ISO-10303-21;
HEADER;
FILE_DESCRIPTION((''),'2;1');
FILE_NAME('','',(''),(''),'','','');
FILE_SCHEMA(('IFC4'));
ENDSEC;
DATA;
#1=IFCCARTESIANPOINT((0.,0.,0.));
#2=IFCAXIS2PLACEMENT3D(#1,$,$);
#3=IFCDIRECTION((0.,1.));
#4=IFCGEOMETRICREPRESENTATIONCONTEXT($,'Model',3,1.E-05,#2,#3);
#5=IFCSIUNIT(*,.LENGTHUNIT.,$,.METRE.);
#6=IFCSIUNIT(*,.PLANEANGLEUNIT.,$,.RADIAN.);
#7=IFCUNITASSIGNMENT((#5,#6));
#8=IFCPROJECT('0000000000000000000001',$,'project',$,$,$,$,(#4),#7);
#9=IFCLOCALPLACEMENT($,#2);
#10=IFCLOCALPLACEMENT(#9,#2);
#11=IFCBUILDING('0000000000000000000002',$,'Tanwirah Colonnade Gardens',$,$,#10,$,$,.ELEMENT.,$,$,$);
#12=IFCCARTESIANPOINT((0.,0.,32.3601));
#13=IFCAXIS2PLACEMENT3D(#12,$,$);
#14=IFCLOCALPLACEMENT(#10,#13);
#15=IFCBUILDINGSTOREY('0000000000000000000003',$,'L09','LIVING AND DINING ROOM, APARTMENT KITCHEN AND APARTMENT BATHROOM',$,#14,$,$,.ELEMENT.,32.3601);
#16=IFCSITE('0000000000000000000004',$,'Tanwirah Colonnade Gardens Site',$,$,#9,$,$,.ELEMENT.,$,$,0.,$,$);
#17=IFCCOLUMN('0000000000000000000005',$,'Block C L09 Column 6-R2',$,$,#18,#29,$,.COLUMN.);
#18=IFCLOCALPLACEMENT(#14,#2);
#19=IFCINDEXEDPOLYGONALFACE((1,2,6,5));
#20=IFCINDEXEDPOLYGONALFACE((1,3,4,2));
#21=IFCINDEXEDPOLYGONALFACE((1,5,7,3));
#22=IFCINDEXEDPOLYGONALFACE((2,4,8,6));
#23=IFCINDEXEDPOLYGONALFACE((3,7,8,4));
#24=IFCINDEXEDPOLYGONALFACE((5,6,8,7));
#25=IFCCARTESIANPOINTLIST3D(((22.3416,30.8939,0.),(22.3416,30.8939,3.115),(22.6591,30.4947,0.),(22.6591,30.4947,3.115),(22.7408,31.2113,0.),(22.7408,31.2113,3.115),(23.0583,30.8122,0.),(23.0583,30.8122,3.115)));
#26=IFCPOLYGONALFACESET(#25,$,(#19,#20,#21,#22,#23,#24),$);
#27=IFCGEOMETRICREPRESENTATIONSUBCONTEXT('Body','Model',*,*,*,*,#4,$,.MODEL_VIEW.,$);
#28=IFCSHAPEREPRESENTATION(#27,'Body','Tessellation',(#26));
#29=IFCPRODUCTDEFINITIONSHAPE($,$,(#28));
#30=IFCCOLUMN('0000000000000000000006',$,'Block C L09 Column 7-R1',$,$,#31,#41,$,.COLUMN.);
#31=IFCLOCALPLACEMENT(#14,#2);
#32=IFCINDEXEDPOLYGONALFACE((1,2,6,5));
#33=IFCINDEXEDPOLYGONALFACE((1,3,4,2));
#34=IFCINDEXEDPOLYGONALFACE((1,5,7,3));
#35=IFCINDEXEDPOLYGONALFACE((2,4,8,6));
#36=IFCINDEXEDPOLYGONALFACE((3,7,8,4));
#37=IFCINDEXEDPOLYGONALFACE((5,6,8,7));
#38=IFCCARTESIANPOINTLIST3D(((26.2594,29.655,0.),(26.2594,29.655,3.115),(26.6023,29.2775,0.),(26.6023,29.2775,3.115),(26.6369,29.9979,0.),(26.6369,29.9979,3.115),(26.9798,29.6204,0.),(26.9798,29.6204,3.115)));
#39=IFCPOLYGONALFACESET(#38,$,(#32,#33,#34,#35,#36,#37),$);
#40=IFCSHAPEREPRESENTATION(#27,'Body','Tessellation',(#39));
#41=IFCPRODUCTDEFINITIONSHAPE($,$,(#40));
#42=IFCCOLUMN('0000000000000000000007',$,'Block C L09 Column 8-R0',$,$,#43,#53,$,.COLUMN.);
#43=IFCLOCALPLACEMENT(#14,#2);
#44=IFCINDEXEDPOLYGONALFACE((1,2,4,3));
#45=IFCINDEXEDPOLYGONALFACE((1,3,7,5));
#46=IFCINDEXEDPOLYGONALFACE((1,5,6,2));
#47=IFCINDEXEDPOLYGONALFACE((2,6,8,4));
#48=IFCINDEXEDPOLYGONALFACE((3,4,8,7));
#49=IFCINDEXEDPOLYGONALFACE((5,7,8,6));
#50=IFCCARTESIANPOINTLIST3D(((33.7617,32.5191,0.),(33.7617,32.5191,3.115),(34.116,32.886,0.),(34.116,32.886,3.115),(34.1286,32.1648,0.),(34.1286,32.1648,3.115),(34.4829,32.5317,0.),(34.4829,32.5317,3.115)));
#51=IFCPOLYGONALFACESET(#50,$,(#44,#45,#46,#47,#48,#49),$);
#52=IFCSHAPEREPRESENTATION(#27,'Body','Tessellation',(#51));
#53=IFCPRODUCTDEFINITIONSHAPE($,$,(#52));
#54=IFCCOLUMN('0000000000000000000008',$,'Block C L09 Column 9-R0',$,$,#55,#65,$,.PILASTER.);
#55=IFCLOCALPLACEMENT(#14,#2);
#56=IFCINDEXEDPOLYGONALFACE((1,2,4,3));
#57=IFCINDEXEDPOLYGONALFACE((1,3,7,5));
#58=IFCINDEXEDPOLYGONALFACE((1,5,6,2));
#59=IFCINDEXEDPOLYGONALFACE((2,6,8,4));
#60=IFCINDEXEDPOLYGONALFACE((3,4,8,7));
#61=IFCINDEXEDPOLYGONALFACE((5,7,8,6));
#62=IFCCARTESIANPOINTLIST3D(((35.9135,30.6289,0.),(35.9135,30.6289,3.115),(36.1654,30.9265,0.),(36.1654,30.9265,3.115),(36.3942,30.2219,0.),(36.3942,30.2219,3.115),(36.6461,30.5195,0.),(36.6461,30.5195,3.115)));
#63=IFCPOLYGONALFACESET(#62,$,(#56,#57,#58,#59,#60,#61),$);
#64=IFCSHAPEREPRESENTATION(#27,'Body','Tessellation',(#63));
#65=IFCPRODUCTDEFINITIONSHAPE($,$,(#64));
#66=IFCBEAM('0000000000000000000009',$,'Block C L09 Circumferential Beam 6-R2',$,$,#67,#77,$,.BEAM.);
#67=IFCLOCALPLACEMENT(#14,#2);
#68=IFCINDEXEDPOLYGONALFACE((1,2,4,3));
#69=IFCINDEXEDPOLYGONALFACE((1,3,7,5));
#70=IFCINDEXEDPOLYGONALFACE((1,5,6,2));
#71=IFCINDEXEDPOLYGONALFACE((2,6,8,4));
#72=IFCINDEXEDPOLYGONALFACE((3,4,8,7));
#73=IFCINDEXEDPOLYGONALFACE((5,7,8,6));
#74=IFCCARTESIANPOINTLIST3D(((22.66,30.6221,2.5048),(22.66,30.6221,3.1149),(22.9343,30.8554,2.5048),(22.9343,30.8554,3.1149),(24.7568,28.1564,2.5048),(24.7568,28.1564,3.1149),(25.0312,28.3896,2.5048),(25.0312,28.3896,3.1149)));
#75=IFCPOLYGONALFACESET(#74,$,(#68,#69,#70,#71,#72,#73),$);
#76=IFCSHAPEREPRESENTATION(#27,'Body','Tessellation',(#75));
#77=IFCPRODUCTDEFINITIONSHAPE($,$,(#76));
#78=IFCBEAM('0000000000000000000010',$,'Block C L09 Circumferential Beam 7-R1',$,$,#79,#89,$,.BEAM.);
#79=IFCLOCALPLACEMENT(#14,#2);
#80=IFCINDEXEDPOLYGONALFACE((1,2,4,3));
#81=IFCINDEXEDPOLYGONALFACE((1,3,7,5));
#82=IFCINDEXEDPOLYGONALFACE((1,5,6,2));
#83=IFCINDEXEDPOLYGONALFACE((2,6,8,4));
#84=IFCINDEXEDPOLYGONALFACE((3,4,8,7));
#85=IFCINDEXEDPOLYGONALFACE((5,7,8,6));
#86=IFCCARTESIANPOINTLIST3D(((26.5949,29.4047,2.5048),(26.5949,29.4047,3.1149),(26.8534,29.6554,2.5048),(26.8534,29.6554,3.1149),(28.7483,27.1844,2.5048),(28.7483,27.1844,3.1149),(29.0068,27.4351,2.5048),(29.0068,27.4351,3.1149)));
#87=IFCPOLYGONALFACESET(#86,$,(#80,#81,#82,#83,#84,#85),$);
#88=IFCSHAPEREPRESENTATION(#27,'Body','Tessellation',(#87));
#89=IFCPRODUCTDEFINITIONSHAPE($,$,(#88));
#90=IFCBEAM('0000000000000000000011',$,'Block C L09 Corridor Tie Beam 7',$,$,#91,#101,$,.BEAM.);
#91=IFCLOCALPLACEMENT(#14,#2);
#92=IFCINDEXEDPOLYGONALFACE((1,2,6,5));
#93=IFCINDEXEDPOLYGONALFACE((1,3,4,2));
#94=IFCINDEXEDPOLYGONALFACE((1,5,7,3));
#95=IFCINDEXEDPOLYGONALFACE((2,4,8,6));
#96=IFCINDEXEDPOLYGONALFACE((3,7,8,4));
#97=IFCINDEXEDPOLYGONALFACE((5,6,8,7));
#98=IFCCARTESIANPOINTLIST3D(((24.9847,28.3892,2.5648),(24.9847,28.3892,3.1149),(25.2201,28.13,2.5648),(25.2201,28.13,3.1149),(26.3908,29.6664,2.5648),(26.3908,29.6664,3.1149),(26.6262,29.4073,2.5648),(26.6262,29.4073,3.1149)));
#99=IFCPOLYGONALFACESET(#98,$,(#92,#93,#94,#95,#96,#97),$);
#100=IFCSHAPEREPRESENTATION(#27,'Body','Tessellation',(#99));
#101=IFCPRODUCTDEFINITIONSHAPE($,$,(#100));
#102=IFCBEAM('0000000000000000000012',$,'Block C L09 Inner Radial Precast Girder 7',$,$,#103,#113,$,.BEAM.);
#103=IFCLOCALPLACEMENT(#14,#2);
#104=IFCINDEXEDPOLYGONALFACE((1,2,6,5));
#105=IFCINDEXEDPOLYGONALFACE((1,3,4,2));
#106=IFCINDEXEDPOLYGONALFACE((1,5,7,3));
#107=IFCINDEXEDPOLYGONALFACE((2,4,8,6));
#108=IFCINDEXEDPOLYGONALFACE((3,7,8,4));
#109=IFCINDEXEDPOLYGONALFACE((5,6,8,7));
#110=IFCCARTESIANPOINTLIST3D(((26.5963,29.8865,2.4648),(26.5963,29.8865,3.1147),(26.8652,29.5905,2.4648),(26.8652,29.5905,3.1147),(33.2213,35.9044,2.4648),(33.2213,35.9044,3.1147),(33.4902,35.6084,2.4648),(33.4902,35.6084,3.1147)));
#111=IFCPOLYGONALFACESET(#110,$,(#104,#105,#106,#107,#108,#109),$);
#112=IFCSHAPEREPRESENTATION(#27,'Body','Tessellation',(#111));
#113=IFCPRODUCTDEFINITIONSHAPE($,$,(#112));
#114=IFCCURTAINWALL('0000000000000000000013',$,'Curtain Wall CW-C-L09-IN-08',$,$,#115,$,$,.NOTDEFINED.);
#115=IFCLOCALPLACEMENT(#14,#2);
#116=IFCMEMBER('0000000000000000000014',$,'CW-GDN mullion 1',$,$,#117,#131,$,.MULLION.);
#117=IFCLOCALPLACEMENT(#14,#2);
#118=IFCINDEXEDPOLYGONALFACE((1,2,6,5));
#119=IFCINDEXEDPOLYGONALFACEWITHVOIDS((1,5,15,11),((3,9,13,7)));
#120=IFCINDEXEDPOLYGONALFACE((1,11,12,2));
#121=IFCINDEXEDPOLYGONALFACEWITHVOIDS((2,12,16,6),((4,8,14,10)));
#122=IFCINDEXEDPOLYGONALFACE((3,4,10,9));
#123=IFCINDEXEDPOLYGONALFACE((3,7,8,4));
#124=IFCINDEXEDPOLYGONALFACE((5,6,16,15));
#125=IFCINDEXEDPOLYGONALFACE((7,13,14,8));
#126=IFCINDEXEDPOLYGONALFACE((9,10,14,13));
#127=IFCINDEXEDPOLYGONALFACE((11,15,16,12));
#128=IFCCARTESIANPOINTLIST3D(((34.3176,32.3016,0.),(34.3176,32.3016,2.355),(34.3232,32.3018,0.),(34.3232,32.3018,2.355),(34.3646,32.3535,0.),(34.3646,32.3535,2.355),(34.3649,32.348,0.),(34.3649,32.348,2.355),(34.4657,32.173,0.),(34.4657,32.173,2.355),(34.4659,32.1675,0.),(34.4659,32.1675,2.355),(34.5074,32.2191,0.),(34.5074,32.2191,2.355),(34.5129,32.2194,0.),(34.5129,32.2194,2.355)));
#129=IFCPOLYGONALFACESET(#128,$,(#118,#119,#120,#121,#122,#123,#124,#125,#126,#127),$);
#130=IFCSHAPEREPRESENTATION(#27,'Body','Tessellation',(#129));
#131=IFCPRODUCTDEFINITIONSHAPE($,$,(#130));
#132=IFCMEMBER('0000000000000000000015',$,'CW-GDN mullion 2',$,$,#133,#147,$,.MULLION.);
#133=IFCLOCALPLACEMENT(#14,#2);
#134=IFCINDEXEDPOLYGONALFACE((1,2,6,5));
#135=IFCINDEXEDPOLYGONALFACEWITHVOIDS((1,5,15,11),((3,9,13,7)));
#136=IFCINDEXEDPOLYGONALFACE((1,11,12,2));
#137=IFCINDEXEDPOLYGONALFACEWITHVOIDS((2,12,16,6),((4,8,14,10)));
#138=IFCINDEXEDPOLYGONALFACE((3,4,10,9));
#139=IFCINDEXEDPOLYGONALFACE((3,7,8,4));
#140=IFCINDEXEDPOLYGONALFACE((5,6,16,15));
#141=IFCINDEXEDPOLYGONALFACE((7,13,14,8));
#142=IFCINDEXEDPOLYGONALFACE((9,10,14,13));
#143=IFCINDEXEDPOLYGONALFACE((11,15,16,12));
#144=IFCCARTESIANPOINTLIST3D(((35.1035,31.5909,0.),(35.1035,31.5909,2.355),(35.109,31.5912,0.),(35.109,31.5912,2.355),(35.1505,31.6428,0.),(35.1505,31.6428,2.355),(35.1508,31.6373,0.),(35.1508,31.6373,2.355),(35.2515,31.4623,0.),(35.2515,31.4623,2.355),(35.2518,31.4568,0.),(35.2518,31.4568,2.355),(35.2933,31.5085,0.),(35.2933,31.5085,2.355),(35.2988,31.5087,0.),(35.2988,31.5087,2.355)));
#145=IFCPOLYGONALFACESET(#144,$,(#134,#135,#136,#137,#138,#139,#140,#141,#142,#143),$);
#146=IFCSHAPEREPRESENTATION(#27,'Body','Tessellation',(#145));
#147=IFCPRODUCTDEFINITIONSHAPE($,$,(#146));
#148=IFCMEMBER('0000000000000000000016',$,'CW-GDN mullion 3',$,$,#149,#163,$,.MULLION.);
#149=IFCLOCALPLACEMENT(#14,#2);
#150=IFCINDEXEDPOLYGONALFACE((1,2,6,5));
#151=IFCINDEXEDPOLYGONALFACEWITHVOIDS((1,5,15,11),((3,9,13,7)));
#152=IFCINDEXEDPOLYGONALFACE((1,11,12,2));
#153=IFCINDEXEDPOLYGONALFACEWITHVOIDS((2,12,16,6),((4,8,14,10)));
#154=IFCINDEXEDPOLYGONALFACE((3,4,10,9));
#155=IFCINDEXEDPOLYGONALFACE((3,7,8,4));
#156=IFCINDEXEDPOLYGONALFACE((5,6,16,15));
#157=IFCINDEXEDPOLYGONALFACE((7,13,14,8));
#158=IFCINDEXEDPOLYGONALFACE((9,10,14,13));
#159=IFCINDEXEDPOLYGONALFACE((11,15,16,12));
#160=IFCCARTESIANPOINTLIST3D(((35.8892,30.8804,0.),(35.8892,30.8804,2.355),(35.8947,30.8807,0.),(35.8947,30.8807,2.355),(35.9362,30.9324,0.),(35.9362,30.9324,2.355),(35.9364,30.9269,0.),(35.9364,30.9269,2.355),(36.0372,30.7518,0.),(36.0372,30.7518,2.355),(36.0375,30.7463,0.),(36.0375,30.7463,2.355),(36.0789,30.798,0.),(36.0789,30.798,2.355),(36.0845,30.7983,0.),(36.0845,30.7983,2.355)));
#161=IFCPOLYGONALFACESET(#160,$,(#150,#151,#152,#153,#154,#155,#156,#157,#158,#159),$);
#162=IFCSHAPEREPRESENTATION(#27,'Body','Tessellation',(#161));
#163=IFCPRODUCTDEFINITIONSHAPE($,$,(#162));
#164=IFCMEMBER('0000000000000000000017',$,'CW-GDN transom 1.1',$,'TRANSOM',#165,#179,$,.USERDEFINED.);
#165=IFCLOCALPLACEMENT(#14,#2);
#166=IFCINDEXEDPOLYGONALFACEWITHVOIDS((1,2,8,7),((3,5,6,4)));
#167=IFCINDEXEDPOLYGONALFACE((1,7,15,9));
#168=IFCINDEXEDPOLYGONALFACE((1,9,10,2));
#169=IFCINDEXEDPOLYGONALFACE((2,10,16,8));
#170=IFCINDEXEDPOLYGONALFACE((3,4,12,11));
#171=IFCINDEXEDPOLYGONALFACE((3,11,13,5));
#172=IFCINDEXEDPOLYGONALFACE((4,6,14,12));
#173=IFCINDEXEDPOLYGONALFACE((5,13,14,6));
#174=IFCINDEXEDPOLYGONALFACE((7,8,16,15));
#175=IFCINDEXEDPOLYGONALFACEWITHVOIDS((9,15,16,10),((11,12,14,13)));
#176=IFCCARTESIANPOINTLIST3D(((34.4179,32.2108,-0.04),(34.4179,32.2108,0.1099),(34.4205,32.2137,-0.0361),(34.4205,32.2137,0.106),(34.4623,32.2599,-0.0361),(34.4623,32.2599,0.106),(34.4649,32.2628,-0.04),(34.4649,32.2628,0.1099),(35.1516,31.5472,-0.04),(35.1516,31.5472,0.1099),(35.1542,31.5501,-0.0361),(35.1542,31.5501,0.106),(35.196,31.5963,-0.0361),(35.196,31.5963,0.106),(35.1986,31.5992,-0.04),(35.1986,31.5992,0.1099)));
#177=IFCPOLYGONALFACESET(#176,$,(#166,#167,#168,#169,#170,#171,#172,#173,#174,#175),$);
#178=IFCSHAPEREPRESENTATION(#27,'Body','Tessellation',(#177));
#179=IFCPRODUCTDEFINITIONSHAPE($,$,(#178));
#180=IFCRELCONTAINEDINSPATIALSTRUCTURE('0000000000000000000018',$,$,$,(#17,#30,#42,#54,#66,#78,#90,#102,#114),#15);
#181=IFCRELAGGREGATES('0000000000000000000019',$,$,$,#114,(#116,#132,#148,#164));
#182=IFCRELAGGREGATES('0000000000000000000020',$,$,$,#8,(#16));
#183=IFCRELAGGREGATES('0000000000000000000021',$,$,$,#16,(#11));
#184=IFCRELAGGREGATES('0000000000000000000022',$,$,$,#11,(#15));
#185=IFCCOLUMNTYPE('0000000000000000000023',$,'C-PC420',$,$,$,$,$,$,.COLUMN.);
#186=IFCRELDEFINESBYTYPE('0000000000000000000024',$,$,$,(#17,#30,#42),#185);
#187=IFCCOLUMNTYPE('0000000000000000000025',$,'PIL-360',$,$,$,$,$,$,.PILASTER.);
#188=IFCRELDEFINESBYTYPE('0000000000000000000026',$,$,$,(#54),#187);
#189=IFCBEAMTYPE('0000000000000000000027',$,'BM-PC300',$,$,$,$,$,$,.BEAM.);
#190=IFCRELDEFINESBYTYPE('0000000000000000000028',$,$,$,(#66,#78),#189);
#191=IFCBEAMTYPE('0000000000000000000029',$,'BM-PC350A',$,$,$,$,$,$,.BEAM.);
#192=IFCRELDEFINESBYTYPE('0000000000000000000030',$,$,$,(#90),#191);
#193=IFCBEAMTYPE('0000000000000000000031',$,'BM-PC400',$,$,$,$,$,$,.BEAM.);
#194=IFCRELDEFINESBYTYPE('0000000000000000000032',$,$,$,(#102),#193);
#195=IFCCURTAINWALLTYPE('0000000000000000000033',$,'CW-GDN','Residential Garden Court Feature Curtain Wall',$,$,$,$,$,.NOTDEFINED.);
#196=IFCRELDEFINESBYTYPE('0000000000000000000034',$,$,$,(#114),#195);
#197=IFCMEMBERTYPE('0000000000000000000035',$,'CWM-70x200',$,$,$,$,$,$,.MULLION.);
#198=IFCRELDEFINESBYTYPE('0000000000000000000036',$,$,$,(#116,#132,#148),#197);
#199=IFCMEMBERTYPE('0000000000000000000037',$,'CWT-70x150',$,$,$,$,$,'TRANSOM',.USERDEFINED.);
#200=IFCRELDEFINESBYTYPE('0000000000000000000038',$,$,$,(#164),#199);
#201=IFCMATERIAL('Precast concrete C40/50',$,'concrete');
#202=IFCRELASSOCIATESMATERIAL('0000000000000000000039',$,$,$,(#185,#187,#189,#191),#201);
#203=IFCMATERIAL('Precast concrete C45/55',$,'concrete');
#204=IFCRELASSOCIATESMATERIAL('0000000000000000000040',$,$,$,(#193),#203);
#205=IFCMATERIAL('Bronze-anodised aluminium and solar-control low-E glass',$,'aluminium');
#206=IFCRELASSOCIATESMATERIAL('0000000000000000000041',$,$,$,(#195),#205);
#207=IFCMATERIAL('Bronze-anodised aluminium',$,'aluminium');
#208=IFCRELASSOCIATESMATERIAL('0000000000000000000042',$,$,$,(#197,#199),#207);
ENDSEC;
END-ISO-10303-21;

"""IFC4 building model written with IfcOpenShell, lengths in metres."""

from ifc_helpers import new_model, si_unit, direction, frame, origin, origin_2d, place, context, subcontext, project, spatial, rectangle, hollow_rectangle, extrude, material, material_profile, profile_set, type_object, element, aggregate, save


model = new_model("IFC4")

# Units and contexts
model_context = context("Model", 3, precision=1e-05, world=origin(), true_north=direction((0.0, 1.0)))
body_context = subcontext(model_context, "Body", "Model", "MODEL_VIEW")
ifc_project = project(units=[si_unit("LENGTHUNIT", "METRE"), si_unit("PLANEANGLEUNIT", "RADIAN")], contexts=[model_context])

# Site, building, storey
site_placement = place(None, origin())
site = spatial("IfcSite", under=ifc_project, at=site_placement, Name="Tanwirah Colonnade Gardens Site", CompositionType="ELEMENT", RefElevation=0.0)
building_placement = place(site_placement, origin())
building = spatial("IfcBuilding", under=site, at=building_placement, Name="Tanwirah Colonnade Gardens", CompositionType="ELEMENT")
storey_placement = place(building_placement, frame((0.0, 0.0, 32.3601)))
storey = spatial("IfcBuildingStorey", under=building, at=storey_placement, Name="L09", Description="LIVING AND DINING ROOM, APARTMENT KITCHEN AND APARTMENT BATHROOM", CompositionType="ELEMENT", Elevation=32.3601)

# Columns
ifc_material_1 = material(Name="Precast concrete C40/50", Category="concrete")
ifc_material_profile_1 = material_profile(ifc_material_1, rectangle(XDim=0.51, YDim=0.51, at=origin_2d()), Name="PC-COL 510x510")
ifc_profile_set_1 = profile_set([ifc_material_profile_1], Name="Precast concrete C40/50")
column_type_1 = type_object("IfcColumnType", Name="C-PC420", PredefinedType="COLUMN", material=ifc_profile_set_1)
for number, where, z_axis, x_axis, name in (
    (1, (22.7, 30.853, 0.0), (0.0, 0.0, 1.0), (-0.782608, -0.622515, 0.0), "Block C L09 Column 6-R2"),
    (2, (26.6196, 29.6377, 0.0), (0.0, 0.0, 1.0), (-0.740218, -0.672367, 0.0), "Block C L09 Column 7-R1"),
    (3, (34.1223, 32.5254, 0.0), (0.0, 0.0, 1.0), (-0.694658, -0.71934, 0.0), "Block C L09 Column 8-R0"),
):
    element("IfcColumn", number, at=place(storey_placement, frame(where, z_axis=z_axis, x_axis=x_axis)), inside=storey, type_object=column_type_1, Name=name, PredefinedType="COLUMN", context=body_context, shape_type="SweptSolid", body=[
        extrude(rectangle(XDim=0.51, YDim=0.51, at=origin_2d()), origin(), (0.0, 0.0, 1.0), 3.115),
    ])
ifc_material_profile_2 = material_profile(ifc_material_1, rectangle(XDim=0.3899, YDim=0.6299, at=origin_2d()), Name="PC-PIL 390x630")
ifc_profile_set_2 = profile_set([ifc_material_profile_2], Name="Precast concrete C40/50")
column_type_2 = type_object("IfcColumnType", Name="PIL-360", PredefinedType="PILASTER", material=ifc_profile_set_2)
column_placement = place(storey_placement, frame((36.2798, 30.5742, 0.0), z_axis=(0.0, 0.0, 1.0), x_axis=(-0.646124, -0.763232, 0.0)))
element("IfcColumn", 4, at=column_placement, inside=storey, type_object=column_type_2, Name="Block C L09 Column 9-R0", PredefinedType="PILASTER", context=body_context, shape_type="SweptSolid", body=[
    extrude(rectangle(XDim=0.3899, YDim=0.6299, at=origin_2d()), origin(), (0.0, 0.0, 1.0), 3.115),
])

# Beams
ifc_material_profile_3 = material_profile(ifc_material_1, rectangle(XDim=0.3601, YDim=0.6101, at=origin_2d()), Name="PC-BM 360x610")
ifc_profile_set_3 = profile_set([ifc_material_profile_3], Name="Precast concrete C40/50")
beam_type_1 = type_object("IfcBeamType", Name="BM-PC300", PredefinedType="BEAM", material=ifc_profile_set_3)
beam_1_placement = place(storey_placement, frame((22.7971, 30.7388, 2.8098), z_axis=(0.647824, -0.76179, 0.0), x_axis=(0.76179, 0.647824, 0.0)))
element("IfcBeam", 5, at=beam_1_placement, inside=storey, type_object=beam_type_1, Name="Block C L09 Circumferential Beam 6-R2", PredefinedType="BEAM", context=body_context, shape_type="SweptSolid", body=[
    extrude(rectangle(XDim=0.3601, YDim=0.6101, at=origin_2d()), origin(), (0.0, 0.0, 1.0), 3.2368),
])
beam_2_placement = place(storey_placement, frame((26.7241, 29.53, 2.8098), z_axis=(0.69621, -0.717838, 0.0), x_axis=(0.717838, 0.69621, 0.0)))
element("IfcBeam", 6, at=beam_2_placement, inside=storey, type_object=beam_type_1, Name="Block C L09 Circumferential Beam 7-R1", PredefinedType="BEAM", context=body_context, shape_type="SweptSolid", body=[
    extrude(rectangle(XDim=0.3601, YDim=0.6101, at=origin_2d()), origin(), (0.0, 0.0, 1.0), 3.093),
])
ifc_material_profile_4 = material_profile(ifc_material_1, rectangle(XDim=0.3501, YDim=0.55, at=origin_2d()), Name="PC-BM 350x550")
ifc_profile_set_4 = profile_set([ifc_material_profile_4], Name="Precast concrete C40/50")
beam_type_2 = type_object("IfcBeamType", Name="BM-PC350A", PredefinedType="BEAM", material=ifc_profile_set_4)
beam_3_placement = place(storey_placement, frame((26.5085, 29.5369, 2.8398), z_axis=(-0.740219, -0.672366, 0.0), x_axis=(0.672366, -0.740219, 0.0)))
element("IfcBeam", 7, at=beam_3_placement, inside=storey, type_object=beam_type_2, Name="Block C L09 Corridor Tie Beam 7", PredefinedType="BEAM", context=body_context, shape_type="SweptSolid", body=[
    extrude(rectangle(XDim=0.3501, YDim=0.55, at=origin_2d()), origin(), (0.0, 0.0, 1.0), 1.8997),
])
ifc_material_2 = material(Name="Precast concrete C45/55", Category="concrete")
ifc_material_profile_5 = material_profile(ifc_material_2, rectangle(XDim=0.3999, YDim=0.6499, at=origin_2d()), Name="PC-BM 400x650")
ifc_profile_set_5 = profile_set([ifc_material_profile_5], Name="Precast concrete C45/55")
beam_type_3 = type_object("IfcBeamType", Name="BM-PC400", PredefinedType="BEAM", material=ifc_profile_set_5)
beam_4_placement = place(storey_placement, frame((26.7307, 29.7385, 2.7898), z_axis=(0.740213, 0.672373, 0.0), x_axis=(-0.672373, 0.740213, 0.0)))
element("IfcBeam", 8, at=beam_4_placement, inside=storey, type_object=beam_type_3, Name="Block C L09 Inner Radial Precast Girder 7", PredefinedType="BEAM", context=body_context, shape_type="SweptSolid", body=[
    extrude(rectangle(XDim=0.3999, YDim=0.6499, at=origin_2d()), origin(), (0.0, 0.0, 1.0), 8.9502),
])

# Curtain wall, members
ifc_material_3 = material(Name="Bronze-anodised aluminium and solar-control low-E glass", Category="aluminium")
curtain_wall_type = type_object("IfcCurtainWallType", Name="CW-GDN", Description="Residential Garden Court Feature Curtain Wall", PredefinedType="NOTDEFINED", material=ifc_material_3)
curtain_wall_placement = place(storey_placement, origin())
curtain_wall = element("IfcCurtainWall", 9, at=curtain_wall_placement, inside=storey, type_object=curtain_wall_type, Name="Curtain Wall CW-C-L09-IN-08", PredefinedType="NOTDEFINED")
ifc_material_4 = material(Name="Bronze-anodised aluminium", Category="aluminium")
ifc_material_profile_6 = material_profile(ifc_material_4, hollow_rectangle(XDim=0.0701, YDim=0.2, WallThickness=0.0039, at=origin_2d()), Name="CW-MUL 70x200x4")
ifc_profile_set_6 = profile_set([ifc_material_profile_6], Name="Bronze-anodised aluminium")
member_type_1 = type_object("IfcMemberType", Name="CWM-70x200", PredefinedType="MULLION", material=ifc_profile_set_6)
member_1_placement = place(storey_placement, frame((34.4153, 32.2605, 0.0), z_axis=(0.0, 0.0, 1.0), x_axis=(0.670751, 0.741683, 0.0)))
member_1 = element("IfcMember", 10, at=member_1_placement, type_object=member_type_1, Name="CW-GDN mullion 1", PredefinedType="MULLION", context=body_context, shape_type="SweptSolid", body=[
    extrude(hollow_rectangle(XDim=0.0701, YDim=0.2, WallThickness=0.0039, at=origin_2d()), origin(), (0.0, 0.0, 1.0), 2.355),
])
member_2_placement = place(storey_placement, frame((35.2012, 31.5498, 0.0), z_axis=(0.0, 0.0, 1.0), x_axis=(0.670751, 0.741683, 0.0)))
member_2 = element("IfcMember", 11, at=member_2_placement, type_object=member_type_1, Name="CW-GDN mullion 2", PredefinedType="MULLION", context=body_context, shape_type="SweptSolid", body=[
    extrude(hollow_rectangle(XDim=0.0701, YDim=0.2, WallThickness=0.0039, at=origin_2d()), origin(), (0.0, 0.0, 1.0), 2.355),
])
member_3_placement = place(storey_placement, frame((35.9868, 30.8394, 0.0), z_axis=(0.0, 0.0, 1.0), x_axis=(0.670751, 0.741683, 0.0)))
member_3 = element("IfcMember", 12, at=member_3_placement, type_object=member_type_1, Name="CW-GDN mullion 3", PredefinedType="MULLION", context=body_context, shape_type="SweptSolid", body=[
    extrude(hollow_rectangle(XDim=0.0701, YDim=0.2, WallThickness=0.0039, at=origin_2d()), origin(), (0.0, 0.0, 1.0), 2.355),
])
ifc_material_profile_7 = material_profile(ifc_material_4, hollow_rectangle(XDim=0.0701, YDim=0.1499, WallThickness=0.0039, at=origin_2d()), Name="CW-TRN 70x150x4")
ifc_profile_set_7 = profile_set([ifc_material_profile_7], Name="Bronze-anodised aluminium")
member_type_2 = type_object("IfcMemberType", Name="CWT-70x150", ElementType="TRANSOM", PredefinedType="USERDEFINED", material=ifc_profile_set_7)
member_4_placement = place(storey_placement, frame((34.4414, 32.2368, 0.0349), z_axis=(0.741635, -0.670803, 0.0), x_axis=(0.670803, 0.741635, 0.0)))
member_4 = element("IfcMember", 13, at=member_4_placement, type_object=member_type_2, Name="CW-GDN transom 1.1", ObjectType="TRANSOM", PredefinedType="USERDEFINED", context=body_context, shape_type="SweptSolid", body=[
    extrude(hollow_rectangle(XDim=0.0701, YDim=0.1499, WallThickness=0.0039, at=origin_2d()), origin(), (0.0, 0.0, 1.0), 0.9893),
])

aggregate(curtain_wall, [member_1, member_2, member_3, member_4])

save(model, "model.ifc")
